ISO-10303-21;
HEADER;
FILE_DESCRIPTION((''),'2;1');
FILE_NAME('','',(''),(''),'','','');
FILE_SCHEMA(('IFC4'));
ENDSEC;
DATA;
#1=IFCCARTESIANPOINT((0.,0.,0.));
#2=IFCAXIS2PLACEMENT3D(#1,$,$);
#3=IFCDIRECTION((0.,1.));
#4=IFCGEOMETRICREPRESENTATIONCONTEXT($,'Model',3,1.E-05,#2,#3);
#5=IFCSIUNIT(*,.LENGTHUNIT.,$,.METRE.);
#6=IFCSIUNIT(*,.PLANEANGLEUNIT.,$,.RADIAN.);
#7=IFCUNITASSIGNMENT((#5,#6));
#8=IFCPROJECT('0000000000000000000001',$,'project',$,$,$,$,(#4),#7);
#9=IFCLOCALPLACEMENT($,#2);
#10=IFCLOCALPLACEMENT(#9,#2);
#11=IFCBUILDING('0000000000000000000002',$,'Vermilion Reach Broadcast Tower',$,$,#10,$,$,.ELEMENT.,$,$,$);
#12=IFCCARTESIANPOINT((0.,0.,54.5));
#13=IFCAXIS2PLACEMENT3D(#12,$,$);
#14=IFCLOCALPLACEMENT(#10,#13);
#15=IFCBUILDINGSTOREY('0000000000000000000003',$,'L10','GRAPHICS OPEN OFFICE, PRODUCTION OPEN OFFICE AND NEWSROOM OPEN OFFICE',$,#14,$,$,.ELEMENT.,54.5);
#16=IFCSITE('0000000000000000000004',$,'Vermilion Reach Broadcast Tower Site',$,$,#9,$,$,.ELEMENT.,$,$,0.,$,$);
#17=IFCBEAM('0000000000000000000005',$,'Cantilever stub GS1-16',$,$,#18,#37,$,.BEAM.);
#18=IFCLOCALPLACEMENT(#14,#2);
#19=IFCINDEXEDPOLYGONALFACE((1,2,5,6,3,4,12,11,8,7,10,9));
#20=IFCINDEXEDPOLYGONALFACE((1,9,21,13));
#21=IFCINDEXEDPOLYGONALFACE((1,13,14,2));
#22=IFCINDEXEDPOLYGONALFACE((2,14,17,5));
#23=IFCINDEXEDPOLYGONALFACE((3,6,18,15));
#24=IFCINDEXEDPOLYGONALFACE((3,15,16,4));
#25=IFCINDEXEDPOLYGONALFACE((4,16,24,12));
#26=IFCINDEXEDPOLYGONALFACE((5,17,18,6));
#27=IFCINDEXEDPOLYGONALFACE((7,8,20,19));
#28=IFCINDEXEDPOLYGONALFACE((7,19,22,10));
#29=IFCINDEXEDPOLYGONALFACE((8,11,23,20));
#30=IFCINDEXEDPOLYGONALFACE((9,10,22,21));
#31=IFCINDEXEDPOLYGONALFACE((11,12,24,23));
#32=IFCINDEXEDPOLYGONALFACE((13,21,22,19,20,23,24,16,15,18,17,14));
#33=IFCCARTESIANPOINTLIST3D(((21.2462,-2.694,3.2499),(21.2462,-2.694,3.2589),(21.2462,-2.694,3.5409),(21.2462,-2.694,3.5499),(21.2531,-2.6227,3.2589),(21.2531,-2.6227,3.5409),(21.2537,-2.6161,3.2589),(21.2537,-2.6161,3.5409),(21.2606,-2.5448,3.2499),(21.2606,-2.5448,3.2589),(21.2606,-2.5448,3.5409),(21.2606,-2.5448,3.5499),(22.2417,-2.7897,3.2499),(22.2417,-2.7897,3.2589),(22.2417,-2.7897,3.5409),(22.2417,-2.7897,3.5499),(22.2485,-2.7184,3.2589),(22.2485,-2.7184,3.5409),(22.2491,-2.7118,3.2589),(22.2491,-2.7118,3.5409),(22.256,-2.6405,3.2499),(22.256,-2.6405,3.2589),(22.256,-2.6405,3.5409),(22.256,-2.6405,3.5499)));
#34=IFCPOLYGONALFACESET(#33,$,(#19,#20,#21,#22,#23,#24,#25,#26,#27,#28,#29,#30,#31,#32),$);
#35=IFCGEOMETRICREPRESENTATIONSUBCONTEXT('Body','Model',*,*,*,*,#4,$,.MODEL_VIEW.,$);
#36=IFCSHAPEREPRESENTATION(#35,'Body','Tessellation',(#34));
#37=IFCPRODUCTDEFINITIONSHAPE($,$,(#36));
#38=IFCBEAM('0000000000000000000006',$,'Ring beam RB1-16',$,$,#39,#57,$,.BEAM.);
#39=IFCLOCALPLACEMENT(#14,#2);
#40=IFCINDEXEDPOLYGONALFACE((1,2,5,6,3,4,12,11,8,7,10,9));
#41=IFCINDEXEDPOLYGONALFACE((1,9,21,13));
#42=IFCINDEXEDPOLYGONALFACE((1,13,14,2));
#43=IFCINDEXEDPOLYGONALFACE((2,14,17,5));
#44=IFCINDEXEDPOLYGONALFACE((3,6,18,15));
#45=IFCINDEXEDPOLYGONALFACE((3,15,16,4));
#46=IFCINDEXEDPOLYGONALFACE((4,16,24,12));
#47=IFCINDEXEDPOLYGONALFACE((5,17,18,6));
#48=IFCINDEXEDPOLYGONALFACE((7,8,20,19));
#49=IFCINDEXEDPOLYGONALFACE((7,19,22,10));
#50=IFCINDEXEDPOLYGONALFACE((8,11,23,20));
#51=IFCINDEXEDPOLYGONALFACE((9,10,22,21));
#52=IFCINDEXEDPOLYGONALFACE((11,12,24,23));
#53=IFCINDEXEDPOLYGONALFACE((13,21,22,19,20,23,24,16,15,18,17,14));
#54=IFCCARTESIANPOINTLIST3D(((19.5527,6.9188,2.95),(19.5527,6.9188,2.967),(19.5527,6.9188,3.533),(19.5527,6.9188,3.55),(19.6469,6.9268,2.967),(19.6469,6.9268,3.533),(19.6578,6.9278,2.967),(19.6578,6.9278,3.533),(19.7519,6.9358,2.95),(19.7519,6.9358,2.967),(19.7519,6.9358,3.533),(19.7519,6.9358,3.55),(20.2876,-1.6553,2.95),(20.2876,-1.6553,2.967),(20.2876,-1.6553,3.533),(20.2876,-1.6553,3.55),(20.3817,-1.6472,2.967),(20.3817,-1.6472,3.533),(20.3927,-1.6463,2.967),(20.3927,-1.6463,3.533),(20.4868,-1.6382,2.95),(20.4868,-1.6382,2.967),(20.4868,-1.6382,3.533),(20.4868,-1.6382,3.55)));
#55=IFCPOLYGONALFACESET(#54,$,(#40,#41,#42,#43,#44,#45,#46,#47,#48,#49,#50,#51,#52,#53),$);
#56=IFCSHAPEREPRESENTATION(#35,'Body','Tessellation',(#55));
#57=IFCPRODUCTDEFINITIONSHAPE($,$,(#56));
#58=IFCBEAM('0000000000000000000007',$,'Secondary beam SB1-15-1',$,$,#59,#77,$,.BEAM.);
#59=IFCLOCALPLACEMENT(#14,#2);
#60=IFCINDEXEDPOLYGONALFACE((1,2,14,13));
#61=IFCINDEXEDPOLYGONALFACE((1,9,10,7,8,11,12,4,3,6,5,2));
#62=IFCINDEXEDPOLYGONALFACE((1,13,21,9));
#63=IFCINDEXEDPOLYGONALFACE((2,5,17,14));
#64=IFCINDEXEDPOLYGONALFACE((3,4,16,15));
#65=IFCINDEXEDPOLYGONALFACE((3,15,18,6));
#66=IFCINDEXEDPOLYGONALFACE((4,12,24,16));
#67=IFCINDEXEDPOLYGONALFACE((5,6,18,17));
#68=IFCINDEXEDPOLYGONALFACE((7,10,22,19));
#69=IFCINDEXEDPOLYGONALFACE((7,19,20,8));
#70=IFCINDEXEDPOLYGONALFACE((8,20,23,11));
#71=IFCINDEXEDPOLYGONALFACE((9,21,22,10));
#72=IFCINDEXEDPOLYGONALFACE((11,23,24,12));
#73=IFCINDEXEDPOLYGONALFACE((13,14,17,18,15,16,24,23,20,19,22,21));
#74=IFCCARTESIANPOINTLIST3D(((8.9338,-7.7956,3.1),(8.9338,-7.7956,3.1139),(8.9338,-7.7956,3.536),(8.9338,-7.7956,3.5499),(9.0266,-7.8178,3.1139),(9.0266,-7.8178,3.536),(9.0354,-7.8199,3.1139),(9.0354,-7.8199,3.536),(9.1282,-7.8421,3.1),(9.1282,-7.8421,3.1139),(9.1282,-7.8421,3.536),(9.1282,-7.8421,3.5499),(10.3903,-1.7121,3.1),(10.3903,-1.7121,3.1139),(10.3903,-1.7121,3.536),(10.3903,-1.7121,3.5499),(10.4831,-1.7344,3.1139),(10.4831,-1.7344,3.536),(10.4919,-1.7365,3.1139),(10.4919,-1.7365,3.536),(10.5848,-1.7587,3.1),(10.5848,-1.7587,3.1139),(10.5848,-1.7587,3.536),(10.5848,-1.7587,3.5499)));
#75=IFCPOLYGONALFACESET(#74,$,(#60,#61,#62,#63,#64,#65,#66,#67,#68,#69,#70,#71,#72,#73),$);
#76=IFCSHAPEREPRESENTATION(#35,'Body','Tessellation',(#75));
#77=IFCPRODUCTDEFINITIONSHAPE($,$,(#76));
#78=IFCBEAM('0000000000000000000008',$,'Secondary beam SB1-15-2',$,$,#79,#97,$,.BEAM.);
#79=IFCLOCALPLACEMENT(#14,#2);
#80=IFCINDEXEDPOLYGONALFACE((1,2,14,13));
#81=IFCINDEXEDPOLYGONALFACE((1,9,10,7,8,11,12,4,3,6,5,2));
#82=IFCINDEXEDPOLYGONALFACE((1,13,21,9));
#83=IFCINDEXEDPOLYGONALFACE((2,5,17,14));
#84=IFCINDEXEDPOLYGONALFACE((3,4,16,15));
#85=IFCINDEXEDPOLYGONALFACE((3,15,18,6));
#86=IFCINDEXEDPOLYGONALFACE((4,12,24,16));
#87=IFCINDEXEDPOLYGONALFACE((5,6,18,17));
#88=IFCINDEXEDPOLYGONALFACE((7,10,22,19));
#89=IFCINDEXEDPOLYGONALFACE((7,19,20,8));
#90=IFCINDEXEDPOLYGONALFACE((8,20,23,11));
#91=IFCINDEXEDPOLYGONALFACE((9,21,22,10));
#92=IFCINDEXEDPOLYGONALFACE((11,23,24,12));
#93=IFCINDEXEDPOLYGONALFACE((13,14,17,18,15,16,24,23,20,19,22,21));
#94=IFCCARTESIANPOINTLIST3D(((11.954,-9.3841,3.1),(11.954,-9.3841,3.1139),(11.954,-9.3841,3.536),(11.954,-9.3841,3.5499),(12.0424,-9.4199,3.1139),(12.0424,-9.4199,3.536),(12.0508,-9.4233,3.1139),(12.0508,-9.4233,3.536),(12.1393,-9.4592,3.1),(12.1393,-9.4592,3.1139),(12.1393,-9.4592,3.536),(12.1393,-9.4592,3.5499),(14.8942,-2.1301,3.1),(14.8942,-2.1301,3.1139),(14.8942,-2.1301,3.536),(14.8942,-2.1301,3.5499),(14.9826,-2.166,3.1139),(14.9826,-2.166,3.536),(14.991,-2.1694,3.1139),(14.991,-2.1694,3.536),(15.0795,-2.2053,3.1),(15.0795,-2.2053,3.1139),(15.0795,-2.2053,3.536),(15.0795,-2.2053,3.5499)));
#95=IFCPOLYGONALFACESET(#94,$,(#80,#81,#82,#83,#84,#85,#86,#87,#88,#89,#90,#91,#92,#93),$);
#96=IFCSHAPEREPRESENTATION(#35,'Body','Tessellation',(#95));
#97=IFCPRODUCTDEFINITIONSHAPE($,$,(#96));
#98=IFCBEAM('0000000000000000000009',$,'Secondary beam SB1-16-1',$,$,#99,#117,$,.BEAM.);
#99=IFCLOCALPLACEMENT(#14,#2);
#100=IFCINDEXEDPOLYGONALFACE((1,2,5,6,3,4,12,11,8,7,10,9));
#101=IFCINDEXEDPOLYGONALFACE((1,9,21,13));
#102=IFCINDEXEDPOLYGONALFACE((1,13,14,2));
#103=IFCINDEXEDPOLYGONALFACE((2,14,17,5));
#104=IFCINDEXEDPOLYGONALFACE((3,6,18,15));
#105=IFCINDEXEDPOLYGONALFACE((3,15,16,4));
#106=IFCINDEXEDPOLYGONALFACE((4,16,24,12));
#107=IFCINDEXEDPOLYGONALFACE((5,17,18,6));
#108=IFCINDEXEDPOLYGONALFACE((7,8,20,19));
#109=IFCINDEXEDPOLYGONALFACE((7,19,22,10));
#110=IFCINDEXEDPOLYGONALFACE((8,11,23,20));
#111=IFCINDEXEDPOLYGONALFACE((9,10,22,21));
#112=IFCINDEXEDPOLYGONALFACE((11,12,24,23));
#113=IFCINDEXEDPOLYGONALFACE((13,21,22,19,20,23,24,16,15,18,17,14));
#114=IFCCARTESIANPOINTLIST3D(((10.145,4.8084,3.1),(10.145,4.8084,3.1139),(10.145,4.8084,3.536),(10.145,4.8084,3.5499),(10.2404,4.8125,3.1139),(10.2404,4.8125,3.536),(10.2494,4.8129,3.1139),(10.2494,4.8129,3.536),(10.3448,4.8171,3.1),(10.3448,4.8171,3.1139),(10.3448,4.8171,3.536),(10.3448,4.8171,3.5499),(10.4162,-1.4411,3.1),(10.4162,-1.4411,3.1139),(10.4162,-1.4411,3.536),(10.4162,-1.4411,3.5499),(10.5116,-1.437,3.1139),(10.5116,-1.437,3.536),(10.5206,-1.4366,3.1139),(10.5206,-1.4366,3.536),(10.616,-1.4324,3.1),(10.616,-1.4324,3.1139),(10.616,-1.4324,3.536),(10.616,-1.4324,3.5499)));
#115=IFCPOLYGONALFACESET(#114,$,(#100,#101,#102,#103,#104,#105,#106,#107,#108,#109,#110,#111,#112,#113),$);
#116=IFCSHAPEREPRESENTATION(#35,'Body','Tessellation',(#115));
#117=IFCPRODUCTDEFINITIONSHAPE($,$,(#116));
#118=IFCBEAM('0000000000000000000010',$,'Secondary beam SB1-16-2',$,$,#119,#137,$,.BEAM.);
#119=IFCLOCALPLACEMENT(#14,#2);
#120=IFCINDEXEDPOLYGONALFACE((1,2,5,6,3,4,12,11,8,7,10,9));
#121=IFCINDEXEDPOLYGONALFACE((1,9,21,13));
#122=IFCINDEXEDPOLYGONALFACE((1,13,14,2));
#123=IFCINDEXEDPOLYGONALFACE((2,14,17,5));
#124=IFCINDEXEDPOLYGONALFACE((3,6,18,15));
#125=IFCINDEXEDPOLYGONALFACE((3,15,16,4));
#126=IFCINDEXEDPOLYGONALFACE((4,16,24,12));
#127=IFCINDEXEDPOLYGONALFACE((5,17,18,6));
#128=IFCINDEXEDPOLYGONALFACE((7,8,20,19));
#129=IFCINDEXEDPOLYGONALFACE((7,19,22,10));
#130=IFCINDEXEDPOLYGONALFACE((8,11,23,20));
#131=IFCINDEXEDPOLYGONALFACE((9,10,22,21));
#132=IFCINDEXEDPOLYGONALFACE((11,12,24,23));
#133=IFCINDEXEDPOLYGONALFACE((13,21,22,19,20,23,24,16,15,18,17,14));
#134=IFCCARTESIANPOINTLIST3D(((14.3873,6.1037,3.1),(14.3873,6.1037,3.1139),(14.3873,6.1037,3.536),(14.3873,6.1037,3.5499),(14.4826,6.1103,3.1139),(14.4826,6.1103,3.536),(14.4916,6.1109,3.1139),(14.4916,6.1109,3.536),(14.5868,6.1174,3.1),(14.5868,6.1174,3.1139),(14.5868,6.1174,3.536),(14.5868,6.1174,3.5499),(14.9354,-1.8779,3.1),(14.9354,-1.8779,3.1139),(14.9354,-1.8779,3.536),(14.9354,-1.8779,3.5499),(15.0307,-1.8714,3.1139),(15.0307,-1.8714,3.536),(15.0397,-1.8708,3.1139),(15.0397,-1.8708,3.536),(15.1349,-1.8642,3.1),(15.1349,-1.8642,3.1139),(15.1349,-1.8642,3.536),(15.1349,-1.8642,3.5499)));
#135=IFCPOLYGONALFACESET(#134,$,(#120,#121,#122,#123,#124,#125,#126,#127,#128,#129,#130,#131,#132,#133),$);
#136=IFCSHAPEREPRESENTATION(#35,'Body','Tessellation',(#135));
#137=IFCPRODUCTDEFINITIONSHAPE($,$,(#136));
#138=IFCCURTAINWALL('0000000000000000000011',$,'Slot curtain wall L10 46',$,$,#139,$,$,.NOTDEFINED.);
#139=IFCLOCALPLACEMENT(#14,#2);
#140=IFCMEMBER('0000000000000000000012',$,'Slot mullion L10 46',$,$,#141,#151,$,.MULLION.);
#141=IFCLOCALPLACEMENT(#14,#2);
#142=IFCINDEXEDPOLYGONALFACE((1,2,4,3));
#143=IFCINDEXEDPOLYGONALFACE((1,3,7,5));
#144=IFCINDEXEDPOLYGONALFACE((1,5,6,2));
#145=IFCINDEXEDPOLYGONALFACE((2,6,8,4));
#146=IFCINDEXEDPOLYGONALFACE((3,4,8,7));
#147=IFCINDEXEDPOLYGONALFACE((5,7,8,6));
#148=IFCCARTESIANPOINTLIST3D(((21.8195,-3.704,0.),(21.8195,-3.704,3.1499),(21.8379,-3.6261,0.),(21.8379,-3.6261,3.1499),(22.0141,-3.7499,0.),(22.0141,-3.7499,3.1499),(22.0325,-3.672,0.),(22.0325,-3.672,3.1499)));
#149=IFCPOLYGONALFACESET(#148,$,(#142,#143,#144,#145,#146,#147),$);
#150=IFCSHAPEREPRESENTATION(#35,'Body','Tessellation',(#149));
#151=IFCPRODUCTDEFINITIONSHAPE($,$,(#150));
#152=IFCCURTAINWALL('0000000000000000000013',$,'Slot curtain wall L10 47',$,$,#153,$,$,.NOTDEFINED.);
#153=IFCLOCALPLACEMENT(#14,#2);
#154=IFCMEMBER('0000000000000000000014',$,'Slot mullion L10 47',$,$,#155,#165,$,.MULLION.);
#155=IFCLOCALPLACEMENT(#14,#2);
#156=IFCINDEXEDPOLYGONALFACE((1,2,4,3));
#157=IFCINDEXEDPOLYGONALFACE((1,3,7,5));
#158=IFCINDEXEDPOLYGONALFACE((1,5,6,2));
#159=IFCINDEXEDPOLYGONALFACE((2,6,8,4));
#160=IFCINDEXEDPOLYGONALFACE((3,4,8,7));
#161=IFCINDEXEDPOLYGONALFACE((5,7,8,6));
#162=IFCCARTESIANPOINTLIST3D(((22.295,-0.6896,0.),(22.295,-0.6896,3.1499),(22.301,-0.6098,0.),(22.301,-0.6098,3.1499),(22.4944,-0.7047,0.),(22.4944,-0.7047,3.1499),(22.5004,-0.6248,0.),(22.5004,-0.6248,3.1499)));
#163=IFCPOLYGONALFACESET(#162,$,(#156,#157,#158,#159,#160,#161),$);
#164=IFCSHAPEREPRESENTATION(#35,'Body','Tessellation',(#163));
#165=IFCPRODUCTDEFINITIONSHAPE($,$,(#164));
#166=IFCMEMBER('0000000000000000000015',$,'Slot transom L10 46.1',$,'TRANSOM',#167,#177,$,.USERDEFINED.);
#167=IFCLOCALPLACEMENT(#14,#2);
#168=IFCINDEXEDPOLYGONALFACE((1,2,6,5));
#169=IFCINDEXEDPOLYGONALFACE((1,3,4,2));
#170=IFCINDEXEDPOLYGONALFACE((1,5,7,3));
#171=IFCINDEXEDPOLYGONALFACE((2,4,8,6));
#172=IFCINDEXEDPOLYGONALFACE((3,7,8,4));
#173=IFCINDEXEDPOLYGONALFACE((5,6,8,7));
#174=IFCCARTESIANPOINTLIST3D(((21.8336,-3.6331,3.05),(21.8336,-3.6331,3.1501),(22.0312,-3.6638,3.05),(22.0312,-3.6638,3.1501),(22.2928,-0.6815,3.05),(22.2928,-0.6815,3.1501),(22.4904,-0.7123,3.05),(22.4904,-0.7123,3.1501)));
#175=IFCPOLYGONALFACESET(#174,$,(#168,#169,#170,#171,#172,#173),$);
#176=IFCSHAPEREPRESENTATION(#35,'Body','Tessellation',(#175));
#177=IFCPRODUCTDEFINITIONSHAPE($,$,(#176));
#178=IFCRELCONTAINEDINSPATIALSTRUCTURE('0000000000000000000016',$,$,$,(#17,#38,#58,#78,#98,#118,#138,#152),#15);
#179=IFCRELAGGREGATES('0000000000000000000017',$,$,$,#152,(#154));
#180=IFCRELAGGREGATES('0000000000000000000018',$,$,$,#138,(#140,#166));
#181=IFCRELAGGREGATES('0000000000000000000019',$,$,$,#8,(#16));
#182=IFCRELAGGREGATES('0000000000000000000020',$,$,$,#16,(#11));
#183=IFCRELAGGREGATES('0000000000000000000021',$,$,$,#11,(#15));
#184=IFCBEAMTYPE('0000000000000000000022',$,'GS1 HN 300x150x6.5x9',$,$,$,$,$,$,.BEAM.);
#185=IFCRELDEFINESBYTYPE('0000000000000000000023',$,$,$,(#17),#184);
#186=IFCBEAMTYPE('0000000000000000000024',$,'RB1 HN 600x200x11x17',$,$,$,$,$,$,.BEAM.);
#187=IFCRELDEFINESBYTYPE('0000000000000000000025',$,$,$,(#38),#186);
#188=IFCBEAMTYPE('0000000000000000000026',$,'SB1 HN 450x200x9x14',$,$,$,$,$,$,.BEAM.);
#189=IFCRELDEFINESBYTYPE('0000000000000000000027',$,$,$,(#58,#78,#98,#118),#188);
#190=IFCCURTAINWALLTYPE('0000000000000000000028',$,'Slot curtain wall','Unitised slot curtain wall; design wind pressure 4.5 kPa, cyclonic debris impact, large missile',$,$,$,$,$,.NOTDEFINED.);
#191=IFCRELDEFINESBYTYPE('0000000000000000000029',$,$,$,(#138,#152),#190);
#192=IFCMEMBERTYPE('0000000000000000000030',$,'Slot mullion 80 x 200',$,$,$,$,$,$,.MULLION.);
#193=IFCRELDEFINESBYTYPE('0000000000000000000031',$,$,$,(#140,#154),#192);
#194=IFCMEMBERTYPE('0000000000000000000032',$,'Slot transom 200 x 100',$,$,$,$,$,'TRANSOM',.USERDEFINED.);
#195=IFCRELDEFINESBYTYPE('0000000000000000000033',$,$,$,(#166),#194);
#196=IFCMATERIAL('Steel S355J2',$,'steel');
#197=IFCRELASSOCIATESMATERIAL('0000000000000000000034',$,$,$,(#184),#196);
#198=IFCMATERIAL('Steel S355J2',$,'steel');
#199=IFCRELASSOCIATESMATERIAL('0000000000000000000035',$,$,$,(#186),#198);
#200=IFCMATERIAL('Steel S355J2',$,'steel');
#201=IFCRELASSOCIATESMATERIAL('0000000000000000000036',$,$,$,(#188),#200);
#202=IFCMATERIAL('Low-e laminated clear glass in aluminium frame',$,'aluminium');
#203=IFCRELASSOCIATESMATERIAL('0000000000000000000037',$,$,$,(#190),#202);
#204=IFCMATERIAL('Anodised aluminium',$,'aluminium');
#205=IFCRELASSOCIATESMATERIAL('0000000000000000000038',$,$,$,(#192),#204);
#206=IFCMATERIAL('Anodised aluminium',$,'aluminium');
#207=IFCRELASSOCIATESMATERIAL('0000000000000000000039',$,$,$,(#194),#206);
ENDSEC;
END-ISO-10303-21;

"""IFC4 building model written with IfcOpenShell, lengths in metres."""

from ifc_helpers import new_model, si_unit, direction, frame, origin, origin_2d, place, context, subcontext, project, spatial, rectangle, i_section, extrude, material, material_profile, profile_set, type_object, element, aggregate, save


model = new_model("IFC4")

# Units and contexts
model_context = context("Model", 3, precision=1e-05, world=origin(), true_north=direction((0.0, 1.0)))
body_context = subcontext(model_context, "Body", "Model", "MODEL_VIEW")
ifc_project = project(units=[si_unit("LENGTHUNIT", "METRE"), si_unit("PLANEANGLEUNIT", "RADIAN")], contexts=[model_context])

# Site, building, storey
site_placement = place(None, origin())
site = spatial("IfcSite", under=ifc_project, at=site_placement, Name="Vermilion Reach Broadcast Tower Site", CompositionType="ELEMENT", RefElevation=0.0)
building_placement = place(site_placement, origin())
building = spatial("IfcBuilding", under=site, at=building_placement, Name="Vermilion Reach Broadcast Tower", CompositionType="ELEMENT")
storey_placement = place(building_placement, frame((0.0, 0.0, 54.5)))
storey = spatial("IfcBuildingStorey", under=building, at=storey_placement, Name="L10", Description="GRAPHICS OPEN OFFICE, PRODUCTION OPEN OFFICE AND NEWSROOM OPEN OFFICE", CompositionType="ELEMENT", Elevation=54.5)

# Beams
ifc_material_1 = material(Name="Steel S355J2", Category="steel")
ifc_material_profile_1 = material_profile(ifc_material_1, i_section(OverallWidth=0.1499, OverallDepth=0.3, WebThickness=0.0066, FlangeThickness=0.009, at=origin_2d()), Name="S355J2 HN 300x150x6.5x9")
ifc_profile_set_1 = profile_set([ifc_material_profile_1], Name="Steel S355J2")
beam_type_1 = type_object("IfcBeamType", Name="GS1 HN 300x150x6.5x9", PredefinedType="BEAM", material=ifc_profile_set_1)
beam_1_placement = place(storey_placement, frame((21.2534, -2.6194, 3.3999), z_axis=(0.995409, -0.095708, 0.0), x_axis=(0.095708, 0.995409, 0.0)))
element("IfcBeam", 1, at=beam_1_placement, inside=storey, type_object=beam_type_1, Name="Cantilever stub GS1-16", PredefinedType="BEAM", context=body_context, shape_type="SweptSolid", body=[
    extrude(i_section(OverallWidth=0.1499, OverallDepth=0.3, WebThickness=0.0066, FlangeThickness=0.009, at=origin_2d()), origin(), (0.0, 0.0, 1.0), 1.0),
])
ifc_material_2 = material(Name="Steel S355J2", Category="steel")
ifc_material_profile_2 = material_profile(ifc_material_2, i_section(OverallWidth=0.2, OverallDepth=0.6001, WebThickness=0.011, FlangeThickness=0.0171, at=origin_2d()), Name="S355J2 HN 600x200x11x17")
ifc_profile_set_2 = profile_set([ifc_material_profile_2], Name="Steel S355J2")
beam_type_2 = type_object("IfcBeamType", Name="RB1 HN 600x200x11x17", PredefinedType="BEAM", material=ifc_profile_set_2)
beam_2_placement = place(storey_placement, frame((20.3872, -1.6467, 3.25), z_axis=(-0.085396, 0.996347, 0.0), x_axis=(-0.996347, -0.085396, 0.0)))
element("IfcBeam", 2, at=beam_2_placement, inside=storey, type_object=beam_type_2, Name="Ring beam RB1-16", PredefinedType="BEAM", context=body_context, shape_type="SweptSolid", body=[
    extrude(i_section(OverallWidth=0.2, OverallDepth=0.6001, WebThickness=0.011, FlangeThickness=0.0171, at=origin_2d()), origin(), (0.0, 0.0, 1.0), 8.6055),
])
ifc_material_3 = material(Name="Steel S355J2", Category="steel")
ifc_material_profile_3 = material_profile(ifc_material_3, i_section(OverallWidth=0.2, OverallDepth=0.45, WebThickness=0.009, FlangeThickness=0.0139, at=origin_2d()), Name="S355J2 HN 450x200x9x14")
ifc_profile_set_3 = profile_set([ifc_material_profile_3], Name="Steel S355J2")
beam_type_3 = type_object("IfcBeamType", Name="SB1 HN 450x200x9x14", PredefinedType="BEAM", material=ifc_profile_set_3)
beam_3_placement = place(storey_placement, frame((9.031, -7.8188, 3.325), z_axis=(0.232844, 0.972514, 0.0), x_axis=(-0.972514, 0.232844, 0.0)))
element("IfcBeam", 3, at=beam_3_placement, inside=storey, type_object=beam_type_3, Name="Secondary beam SB1-15-1", PredefinedType="BEAM", context=body_context, shape_type="SweptSolid", body=[
    extrude(i_section(OverallWidth=0.2, OverallDepth=0.45, WebThickness=0.009, FlangeThickness=0.0139, at=origin_2d()), origin(), (0.0, 0.0, 1.0), 6.2554),
])
beam_4_placement = place(storey_placement, frame((12.0466, -9.4216, 3.325), z_axis=(0.375641, 0.926765, 0.0), x_axis=(-0.926765, 0.375641, 0.0)))
element("IfcBeam", 4, at=beam_4_placement, inside=storey, type_object=beam_type_3, Name="Secondary beam SB1-15-2", PredefinedType="BEAM", context=body_context, shape_type="SweptSolid", body=[
    extrude(i_section(OverallWidth=0.2, OverallDepth=0.45, WebThickness=0.009, FlangeThickness=0.0139, at=origin_2d()), origin(), (0.0, 0.0, 1.0), 7.8271),
])
beam_5_placement = place(storey_placement, frame((10.5161, -1.4368, 3.325), z_axis=(-0.043361, 0.999059, 0.0), x_axis=(-0.999059, -0.043361, 0.0)))
element("IfcBeam", 5, at=beam_5_placement, inside=storey, type_object=beam_type_3, Name="Secondary beam SB1-16-1", PredefinedType="BEAM", context=body_context, shape_type="SweptSolid", body=[
    extrude(i_section(OverallWidth=0.2, OverallDepth=0.45, WebThickness=0.009, FlangeThickness=0.0139, at=origin_2d()), origin(), (0.0, 0.0, 1.0), 6.2554),
])
beam_6_placement = place(storey_placement, frame((15.0352, -1.8711, 3.325), z_axis=(-0.068508, 0.997651, 0.0), x_axis=(-0.997651, -0.068508, 0.0)))
element("IfcBeam", 6, at=beam_6_placement, inside=storey, type_object=beam_type_3, Name="Secondary beam SB1-16-2", PredefinedType="BEAM", context=body_context, shape_type="SweptSolid", body=[
    extrude(i_section(OverallWidth=0.2, OverallDepth=0.45, WebThickness=0.009, FlangeThickness=0.0139, at=origin_2d()), origin(), (0.0, 0.0, 1.0), 8.0005),
])

# Curtain walls, members
ifc_material_4 = material(Name="Low-e laminated clear glass in aluminium frame", Category="aluminium")
curtain_wall_type = type_object("IfcCurtainWallType", Name="Slot curtain wall", Description="Unitised slot curtain wall; design wind pressure 4.5 kPa, cyclonic debris impact, large missile", PredefinedType="NOTDEFINED", material=ifc_material_4)
placement = place(storey_placement, origin())
curtain_wall_1 = element("IfcCurtainWall", 7, at=placement, inside=storey, type_object=curtain_wall_type, Name="Slot curtain wall L10 46", PredefinedType="NOTDEFINED")
ifc_material_5 = material(Name="Anodised aluminium", Category="aluminium")
ifc_material_profile_4 = material_profile(ifc_material_5, rectangle(XDim=0.2, YDim=0.0801, at=origin_2d()), Name="Slot mullion 80 x 200")
ifc_profile_set_4 = profile_set([ifc_material_profile_4], Name="Anodised aluminium")
member_type_1 = type_object("IfcMemberType", Name="Slot mullion 80 x 200", PredefinedType="MULLION", material=ifc_profile_set_4)
member_1_placement = place(storey_placement, frame((21.926, -3.688, 0.0), z_axis=(0.0, 0.0, 1.0), x_axis=(-0.973285, 0.229598, 0.0)))
member_1 = element("IfcMember", 8, at=member_1_placement, type_object=member_type_1, Name="Slot mullion L10 46", PredefinedType="MULLION", context=body_context, shape_type="SweptSolid", body=[
    extrude(rectangle(XDim=0.2, YDim=0.0801, at=origin_2d()), origin(), (0.0, 0.0, 1.0), 3.1499),
])
curtain_wall_2 = element("IfcCurtainWall", 9, at=placement, inside=storey, type_object=curtain_wall_type, Name="Slot curtain wall L10 47", PredefinedType="NOTDEFINED")
member_2_placement = place(storey_placement, frame((22.3977, -0.6572, 0.0), z_axis=(0.0, 0.0, 1.0), x_axis=(-0.997174, 0.075133, 0.0)))
member_2 = element("IfcMember", 10, at=member_2_placement, type_object=member_type_1, Name="Slot mullion L10 47", PredefinedType="MULLION", context=body_context, shape_type="SweptSolid", body=[
    extrude(rectangle(XDim=0.2, YDim=0.0801, at=origin_2d()), origin(), (0.0, 0.0, 1.0), 3.1499),
])

# Member
ifc_material_6 = material(Name="Anodised aluminium", Category="aluminium")
ifc_material_profile_5 = material_profile(ifc_material_6, rectangle(XDim=0.2, YDim=0.1001, at=origin_2d()), Name="Slot transom 200 x 100")
ifc_profile_set_5 = profile_set([ifc_material_profile_5], Name="Anodised aluminium")
member_type_2 = type_object("IfcMemberType", Name="Slot transom 200 x 100", ElementType="TRANSOM", PredefinedType="USERDEFINED", material=ifc_profile_set_5)
member_3_placement = place(storey_placement, frame((21.9324, -3.6484, 3.1001), z_axis=(0.153734, 0.988112, 0.0), x_axis=(-0.988112, 0.153734, 0.0)))
member_3 = element("IfcMember", 11, at=member_3_placement, type_object=member_type_2, Name="Slot transom L10 46.1", ObjectType="TRANSOM", PredefinedType="USERDEFINED", context=body_context, shape_type="SweptSolid", body=[
    extrude(rectangle(XDim=0.2, YDim=0.1001, at=origin_2d()), origin(), (0.0, 0.0, 1.0), 2.9871),
])
aggregate(curtain_wall_2, [member_2])

aggregate(curtain_wall_1, [member_1, member_3])

save(model, "model.ifc")
